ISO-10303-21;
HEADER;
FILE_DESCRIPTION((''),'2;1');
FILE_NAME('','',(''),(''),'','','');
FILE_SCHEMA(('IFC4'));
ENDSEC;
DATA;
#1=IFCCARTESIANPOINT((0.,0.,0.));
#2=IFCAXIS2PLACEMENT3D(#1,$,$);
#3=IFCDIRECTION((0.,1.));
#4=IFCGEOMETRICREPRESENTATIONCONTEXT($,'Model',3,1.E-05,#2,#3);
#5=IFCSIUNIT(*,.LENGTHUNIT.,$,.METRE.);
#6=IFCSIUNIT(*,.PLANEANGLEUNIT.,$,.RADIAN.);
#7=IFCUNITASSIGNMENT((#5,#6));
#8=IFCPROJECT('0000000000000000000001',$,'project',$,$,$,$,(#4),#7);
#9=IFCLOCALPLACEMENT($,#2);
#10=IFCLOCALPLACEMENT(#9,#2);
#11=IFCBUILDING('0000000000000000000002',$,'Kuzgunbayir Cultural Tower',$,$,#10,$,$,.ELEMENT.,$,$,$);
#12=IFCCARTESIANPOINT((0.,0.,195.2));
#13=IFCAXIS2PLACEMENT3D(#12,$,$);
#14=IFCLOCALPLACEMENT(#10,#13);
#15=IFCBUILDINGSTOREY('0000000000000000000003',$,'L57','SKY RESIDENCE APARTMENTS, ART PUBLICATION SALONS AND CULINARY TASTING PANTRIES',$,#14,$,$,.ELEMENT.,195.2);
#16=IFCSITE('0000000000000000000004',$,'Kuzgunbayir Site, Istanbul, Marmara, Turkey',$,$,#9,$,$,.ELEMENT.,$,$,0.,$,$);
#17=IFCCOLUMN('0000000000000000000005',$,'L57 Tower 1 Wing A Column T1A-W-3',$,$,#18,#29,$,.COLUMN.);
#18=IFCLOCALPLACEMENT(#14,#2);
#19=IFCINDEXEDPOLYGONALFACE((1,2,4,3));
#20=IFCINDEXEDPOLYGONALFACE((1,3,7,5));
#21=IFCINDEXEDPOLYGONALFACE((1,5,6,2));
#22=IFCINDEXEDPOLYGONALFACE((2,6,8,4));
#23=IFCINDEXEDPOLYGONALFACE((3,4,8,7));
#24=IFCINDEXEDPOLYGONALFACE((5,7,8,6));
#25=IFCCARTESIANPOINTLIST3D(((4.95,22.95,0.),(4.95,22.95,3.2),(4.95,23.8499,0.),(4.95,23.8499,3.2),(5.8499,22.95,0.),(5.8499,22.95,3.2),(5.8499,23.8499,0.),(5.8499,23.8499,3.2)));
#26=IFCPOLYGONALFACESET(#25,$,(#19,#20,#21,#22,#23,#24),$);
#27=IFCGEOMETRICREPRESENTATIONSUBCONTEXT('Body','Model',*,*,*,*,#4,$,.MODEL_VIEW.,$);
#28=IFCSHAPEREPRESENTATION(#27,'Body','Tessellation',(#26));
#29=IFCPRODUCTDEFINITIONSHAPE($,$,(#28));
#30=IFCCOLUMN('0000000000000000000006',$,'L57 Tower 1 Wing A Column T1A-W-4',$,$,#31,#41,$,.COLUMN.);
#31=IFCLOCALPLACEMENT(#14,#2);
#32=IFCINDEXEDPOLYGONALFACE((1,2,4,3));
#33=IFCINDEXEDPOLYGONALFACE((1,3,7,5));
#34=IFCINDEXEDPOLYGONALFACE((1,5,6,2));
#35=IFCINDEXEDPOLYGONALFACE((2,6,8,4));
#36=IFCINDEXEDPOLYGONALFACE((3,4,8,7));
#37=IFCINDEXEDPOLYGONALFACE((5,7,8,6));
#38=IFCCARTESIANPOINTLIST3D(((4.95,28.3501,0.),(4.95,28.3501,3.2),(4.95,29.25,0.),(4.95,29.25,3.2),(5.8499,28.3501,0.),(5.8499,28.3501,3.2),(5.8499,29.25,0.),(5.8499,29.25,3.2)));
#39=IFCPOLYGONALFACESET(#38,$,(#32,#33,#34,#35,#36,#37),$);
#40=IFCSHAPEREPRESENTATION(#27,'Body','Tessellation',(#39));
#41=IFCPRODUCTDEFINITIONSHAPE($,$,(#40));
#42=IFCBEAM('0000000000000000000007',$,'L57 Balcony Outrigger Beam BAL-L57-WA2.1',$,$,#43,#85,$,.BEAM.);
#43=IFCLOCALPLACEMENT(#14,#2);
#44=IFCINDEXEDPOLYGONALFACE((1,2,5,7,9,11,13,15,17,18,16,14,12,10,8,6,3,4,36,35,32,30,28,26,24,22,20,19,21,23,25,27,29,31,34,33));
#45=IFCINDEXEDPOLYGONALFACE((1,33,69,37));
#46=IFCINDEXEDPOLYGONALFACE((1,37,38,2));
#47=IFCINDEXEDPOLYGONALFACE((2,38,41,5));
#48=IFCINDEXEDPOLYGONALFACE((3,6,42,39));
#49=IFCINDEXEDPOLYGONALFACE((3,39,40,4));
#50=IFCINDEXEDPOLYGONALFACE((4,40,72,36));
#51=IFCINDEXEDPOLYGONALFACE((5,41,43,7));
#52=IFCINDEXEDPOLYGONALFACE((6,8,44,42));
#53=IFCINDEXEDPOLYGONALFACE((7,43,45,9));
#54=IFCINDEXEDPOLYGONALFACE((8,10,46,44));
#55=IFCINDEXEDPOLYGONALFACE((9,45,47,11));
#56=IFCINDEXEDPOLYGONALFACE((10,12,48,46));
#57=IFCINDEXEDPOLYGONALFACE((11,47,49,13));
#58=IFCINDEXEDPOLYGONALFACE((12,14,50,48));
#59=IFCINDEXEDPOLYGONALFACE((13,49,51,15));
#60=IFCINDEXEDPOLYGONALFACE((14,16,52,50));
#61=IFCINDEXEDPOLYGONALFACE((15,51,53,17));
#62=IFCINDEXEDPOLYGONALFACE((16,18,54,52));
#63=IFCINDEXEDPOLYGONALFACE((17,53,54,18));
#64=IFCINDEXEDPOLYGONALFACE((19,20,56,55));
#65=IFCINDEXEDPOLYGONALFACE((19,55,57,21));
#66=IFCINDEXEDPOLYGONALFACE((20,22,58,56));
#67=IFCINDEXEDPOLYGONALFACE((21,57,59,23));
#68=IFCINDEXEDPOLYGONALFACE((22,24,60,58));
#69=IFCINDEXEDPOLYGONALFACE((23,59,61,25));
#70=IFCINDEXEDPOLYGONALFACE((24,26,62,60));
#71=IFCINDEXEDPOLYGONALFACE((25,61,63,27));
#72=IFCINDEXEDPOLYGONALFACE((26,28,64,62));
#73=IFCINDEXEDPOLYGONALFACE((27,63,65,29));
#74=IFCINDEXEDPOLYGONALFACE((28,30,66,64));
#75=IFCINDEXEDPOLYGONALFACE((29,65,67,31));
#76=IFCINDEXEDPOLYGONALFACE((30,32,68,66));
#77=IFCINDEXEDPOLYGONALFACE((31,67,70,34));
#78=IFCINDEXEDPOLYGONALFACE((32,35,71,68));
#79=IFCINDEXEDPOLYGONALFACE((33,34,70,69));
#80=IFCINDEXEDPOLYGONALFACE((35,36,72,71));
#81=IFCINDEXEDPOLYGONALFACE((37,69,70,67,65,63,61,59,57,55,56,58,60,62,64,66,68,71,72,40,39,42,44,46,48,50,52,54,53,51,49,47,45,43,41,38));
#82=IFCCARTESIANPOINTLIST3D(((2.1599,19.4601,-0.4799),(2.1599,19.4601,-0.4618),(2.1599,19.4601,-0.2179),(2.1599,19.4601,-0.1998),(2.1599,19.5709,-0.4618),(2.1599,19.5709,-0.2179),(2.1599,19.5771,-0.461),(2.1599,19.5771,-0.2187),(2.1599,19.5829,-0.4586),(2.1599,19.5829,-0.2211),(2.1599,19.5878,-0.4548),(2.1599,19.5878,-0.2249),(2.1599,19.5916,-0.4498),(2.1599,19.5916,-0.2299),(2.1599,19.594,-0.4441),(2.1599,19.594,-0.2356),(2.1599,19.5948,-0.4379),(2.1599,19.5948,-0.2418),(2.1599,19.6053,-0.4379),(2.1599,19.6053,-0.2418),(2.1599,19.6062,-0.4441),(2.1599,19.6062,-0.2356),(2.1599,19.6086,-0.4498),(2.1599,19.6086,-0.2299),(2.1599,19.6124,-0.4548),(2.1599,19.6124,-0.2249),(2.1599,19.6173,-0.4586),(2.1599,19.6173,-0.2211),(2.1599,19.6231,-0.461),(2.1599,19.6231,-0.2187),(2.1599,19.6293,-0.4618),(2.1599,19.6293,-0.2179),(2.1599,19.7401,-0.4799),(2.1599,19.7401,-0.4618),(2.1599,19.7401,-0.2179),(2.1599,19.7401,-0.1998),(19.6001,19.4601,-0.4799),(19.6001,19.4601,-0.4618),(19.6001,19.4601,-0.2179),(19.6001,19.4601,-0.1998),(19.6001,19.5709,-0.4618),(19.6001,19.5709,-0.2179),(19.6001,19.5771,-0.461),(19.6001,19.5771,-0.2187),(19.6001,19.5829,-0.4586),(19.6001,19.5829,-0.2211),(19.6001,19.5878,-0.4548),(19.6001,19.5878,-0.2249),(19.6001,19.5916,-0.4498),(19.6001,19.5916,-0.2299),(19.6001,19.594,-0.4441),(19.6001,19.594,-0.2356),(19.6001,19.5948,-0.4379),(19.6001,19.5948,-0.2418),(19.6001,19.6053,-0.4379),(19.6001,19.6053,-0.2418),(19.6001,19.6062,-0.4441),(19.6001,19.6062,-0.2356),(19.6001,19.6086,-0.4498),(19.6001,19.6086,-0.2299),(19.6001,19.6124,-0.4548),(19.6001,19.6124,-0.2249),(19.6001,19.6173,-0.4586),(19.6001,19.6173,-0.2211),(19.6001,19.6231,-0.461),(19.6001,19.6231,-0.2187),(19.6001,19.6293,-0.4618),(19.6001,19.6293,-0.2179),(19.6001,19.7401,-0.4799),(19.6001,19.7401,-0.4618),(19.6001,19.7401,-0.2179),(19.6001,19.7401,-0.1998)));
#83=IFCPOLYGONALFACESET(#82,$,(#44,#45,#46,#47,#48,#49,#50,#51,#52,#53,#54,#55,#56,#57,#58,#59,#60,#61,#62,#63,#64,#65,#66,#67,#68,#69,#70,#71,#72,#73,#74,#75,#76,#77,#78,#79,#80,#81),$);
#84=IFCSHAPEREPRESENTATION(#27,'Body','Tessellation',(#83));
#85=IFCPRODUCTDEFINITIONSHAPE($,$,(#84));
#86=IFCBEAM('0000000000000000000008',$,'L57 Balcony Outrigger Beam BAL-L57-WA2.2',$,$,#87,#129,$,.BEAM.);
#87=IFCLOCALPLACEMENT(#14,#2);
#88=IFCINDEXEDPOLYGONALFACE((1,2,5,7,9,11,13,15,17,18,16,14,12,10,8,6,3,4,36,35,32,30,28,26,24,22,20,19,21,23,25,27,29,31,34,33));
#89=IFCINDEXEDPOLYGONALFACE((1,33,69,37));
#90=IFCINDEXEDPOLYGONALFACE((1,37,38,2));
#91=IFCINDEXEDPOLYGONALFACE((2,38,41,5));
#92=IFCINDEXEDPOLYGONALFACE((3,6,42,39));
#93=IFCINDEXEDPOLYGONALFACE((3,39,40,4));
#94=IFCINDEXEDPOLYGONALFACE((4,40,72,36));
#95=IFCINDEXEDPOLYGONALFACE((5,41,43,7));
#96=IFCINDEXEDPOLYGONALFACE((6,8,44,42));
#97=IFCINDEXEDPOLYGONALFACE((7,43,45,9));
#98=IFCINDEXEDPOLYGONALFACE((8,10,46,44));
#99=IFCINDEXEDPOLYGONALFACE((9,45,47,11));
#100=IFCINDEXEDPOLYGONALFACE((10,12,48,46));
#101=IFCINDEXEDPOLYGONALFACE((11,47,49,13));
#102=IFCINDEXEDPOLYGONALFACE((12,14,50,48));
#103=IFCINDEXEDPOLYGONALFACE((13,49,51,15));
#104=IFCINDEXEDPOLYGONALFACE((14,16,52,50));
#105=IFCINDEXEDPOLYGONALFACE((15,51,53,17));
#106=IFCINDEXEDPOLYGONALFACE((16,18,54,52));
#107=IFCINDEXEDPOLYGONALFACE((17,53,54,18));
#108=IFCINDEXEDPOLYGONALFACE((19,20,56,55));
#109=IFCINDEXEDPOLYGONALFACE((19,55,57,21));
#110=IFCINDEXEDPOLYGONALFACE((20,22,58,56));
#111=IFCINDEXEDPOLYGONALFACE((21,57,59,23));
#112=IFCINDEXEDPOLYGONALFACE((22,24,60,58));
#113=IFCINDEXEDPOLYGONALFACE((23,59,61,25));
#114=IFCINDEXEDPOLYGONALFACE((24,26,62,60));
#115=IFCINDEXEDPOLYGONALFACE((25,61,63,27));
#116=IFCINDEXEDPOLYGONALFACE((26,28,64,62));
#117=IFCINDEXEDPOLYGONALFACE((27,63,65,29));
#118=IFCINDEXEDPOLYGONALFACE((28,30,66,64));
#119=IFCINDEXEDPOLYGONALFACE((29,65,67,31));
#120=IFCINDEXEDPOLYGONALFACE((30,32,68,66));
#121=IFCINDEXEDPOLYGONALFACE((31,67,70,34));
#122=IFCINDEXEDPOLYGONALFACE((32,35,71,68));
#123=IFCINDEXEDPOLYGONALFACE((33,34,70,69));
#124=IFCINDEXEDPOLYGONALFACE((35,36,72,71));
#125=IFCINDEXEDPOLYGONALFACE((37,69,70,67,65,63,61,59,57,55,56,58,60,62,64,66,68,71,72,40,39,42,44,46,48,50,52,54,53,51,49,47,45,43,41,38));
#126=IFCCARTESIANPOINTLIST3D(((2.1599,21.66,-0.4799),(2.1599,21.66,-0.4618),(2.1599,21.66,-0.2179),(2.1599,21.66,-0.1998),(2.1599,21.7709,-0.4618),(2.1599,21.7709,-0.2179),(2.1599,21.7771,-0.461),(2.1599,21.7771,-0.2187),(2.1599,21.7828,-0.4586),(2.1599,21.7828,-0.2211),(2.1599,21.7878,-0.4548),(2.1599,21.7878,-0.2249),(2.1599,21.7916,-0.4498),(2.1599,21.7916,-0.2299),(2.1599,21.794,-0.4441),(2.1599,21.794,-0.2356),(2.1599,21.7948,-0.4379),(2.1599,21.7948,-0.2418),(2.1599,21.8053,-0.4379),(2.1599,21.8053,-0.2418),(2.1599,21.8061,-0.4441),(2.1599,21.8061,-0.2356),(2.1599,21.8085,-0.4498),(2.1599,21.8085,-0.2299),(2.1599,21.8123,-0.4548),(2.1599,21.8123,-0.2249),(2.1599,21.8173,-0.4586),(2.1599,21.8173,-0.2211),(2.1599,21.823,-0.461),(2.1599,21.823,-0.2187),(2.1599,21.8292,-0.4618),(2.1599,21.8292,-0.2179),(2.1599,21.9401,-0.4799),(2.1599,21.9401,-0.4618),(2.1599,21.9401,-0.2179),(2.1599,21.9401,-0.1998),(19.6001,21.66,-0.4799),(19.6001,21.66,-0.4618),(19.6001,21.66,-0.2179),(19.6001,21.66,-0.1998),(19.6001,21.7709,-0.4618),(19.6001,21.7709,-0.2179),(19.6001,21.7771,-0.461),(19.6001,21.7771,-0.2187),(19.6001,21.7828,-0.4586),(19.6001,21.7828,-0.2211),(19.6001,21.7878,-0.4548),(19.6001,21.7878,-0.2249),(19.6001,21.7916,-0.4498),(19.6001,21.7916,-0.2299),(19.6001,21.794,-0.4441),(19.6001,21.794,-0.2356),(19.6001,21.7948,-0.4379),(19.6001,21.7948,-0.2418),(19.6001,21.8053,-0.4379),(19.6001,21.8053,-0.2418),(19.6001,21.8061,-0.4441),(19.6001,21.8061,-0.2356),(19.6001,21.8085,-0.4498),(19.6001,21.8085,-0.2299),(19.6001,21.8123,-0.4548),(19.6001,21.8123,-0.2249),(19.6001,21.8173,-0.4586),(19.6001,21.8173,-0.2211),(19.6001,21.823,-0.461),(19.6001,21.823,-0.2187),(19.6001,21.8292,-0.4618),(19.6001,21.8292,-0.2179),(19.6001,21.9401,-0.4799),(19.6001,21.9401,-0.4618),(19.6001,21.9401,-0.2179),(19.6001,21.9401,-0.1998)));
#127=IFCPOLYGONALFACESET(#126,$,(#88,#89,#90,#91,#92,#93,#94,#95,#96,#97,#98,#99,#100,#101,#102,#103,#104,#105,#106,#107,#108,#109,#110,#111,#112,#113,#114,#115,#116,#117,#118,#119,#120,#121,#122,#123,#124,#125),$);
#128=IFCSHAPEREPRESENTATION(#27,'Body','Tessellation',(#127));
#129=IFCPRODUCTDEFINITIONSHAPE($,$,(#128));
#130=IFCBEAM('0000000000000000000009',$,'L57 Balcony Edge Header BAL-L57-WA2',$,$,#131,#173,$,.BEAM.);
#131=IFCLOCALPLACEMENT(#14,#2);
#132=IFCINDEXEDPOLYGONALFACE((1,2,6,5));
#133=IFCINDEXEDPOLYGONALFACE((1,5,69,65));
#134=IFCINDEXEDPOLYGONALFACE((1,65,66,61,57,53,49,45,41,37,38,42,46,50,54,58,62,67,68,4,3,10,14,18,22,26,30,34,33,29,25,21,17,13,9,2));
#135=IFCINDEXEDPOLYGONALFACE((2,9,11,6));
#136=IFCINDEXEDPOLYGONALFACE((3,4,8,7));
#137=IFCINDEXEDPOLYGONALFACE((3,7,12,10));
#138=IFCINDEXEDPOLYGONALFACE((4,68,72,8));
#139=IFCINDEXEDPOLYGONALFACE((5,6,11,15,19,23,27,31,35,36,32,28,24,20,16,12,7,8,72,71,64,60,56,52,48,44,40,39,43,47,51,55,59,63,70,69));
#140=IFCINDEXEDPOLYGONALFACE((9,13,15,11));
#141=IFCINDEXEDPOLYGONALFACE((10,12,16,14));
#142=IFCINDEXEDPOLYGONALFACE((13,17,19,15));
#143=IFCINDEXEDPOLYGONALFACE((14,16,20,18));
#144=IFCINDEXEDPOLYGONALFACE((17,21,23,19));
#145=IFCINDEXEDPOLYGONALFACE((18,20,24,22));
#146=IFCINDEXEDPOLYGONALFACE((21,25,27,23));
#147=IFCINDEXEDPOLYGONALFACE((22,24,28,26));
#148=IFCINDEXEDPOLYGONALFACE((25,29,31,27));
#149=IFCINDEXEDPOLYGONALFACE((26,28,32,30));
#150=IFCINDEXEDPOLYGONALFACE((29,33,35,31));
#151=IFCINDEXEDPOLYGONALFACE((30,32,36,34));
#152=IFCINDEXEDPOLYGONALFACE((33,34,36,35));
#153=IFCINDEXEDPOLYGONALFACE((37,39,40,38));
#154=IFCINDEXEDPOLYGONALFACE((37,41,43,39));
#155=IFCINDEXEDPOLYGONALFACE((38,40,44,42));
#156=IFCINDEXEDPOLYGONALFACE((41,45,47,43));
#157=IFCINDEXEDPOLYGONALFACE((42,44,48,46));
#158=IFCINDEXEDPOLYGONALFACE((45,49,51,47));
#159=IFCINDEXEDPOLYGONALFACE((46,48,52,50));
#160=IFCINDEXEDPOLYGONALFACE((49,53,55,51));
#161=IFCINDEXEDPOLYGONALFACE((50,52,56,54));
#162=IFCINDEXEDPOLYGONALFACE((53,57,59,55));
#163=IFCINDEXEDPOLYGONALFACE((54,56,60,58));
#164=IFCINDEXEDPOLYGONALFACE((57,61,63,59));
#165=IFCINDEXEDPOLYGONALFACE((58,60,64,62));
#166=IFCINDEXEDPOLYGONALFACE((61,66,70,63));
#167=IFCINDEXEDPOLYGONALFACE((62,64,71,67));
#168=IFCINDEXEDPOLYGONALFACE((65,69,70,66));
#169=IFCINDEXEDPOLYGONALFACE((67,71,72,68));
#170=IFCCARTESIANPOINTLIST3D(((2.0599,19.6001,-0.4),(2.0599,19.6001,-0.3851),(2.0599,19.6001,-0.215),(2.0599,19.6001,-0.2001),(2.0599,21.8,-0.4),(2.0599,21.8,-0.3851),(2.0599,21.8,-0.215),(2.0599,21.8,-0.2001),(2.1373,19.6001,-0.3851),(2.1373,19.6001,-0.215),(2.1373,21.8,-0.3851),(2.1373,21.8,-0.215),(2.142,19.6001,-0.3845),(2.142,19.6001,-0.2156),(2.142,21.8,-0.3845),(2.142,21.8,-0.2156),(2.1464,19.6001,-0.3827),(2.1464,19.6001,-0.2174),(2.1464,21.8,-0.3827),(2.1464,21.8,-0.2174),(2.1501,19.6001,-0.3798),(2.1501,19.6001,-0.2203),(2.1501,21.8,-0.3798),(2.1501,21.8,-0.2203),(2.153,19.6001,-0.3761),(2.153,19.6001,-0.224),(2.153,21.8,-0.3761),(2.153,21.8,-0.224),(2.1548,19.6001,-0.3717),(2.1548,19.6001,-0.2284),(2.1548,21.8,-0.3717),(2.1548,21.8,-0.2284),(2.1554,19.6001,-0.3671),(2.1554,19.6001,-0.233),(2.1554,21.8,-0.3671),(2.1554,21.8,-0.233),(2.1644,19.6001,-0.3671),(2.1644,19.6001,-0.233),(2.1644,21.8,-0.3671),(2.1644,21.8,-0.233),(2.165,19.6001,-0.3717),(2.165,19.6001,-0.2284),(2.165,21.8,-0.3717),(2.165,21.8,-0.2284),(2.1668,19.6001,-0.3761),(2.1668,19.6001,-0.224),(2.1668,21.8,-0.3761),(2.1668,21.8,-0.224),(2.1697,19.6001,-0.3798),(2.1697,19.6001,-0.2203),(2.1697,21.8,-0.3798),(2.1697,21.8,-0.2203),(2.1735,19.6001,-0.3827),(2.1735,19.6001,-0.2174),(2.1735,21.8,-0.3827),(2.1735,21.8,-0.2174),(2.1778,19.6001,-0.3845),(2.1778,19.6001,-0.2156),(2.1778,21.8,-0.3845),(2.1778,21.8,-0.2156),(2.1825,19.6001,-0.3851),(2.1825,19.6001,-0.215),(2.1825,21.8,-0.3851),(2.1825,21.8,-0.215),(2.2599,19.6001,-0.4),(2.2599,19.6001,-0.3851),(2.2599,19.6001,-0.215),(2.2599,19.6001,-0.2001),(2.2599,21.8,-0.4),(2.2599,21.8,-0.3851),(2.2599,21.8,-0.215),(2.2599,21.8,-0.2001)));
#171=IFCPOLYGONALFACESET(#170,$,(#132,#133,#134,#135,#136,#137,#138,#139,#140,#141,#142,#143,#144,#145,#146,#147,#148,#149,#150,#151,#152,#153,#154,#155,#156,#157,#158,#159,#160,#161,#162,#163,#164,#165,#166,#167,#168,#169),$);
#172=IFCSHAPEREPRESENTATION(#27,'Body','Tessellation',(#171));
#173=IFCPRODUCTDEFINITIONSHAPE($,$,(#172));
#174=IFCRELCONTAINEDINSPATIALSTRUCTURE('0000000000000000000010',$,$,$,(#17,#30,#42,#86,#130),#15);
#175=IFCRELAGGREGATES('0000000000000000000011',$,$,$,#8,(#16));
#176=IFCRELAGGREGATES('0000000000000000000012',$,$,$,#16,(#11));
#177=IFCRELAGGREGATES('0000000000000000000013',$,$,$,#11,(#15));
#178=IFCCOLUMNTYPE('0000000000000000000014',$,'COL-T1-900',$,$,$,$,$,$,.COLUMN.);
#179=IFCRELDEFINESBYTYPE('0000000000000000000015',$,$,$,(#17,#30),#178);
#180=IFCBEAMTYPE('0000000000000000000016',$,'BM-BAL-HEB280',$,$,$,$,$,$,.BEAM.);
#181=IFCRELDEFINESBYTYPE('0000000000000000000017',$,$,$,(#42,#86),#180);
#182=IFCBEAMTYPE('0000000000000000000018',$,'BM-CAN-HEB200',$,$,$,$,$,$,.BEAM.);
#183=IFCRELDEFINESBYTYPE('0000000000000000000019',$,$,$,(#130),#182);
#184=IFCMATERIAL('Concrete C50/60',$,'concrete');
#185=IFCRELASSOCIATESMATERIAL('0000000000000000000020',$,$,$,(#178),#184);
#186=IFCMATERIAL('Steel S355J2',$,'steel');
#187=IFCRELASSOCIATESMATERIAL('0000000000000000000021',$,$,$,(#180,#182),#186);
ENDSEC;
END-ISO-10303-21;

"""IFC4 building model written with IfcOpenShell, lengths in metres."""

from ifc_helpers import new_model, si_unit, direction, frame, origin, origin_2d, place, context, subcontext, project, spatial, rectangle, i_section, extrude, material, material_profile, profile_set, type_object, element, save


model = new_model("IFC4")

# Units and contexts
model_context = context("Model", 3, precision=1e-05, world=origin(), true_north=direction((0.0, 1.0)))
body_context = subcontext(model_context, "Body", "Model", "MODEL_VIEW")
ifc_project = project(units=[si_unit("LENGTHUNIT", "METRE"), si_unit("PLANEANGLEUNIT", "RADIAN")], contexts=[model_context])

# Site, building, storey
site_placement = place(None, origin())
site = spatial("IfcSite", under=ifc_project, at=site_placement, Name="Kuzgunbayir Site, Istanbul, Marmara, Turkey", CompositionType="ELEMENT", RefElevation=0.0)
building_placement = place(site_placement, origin())
building = spatial("IfcBuilding", under=site, at=building_placement, Name="Kuzgunbayir Cultural Tower", CompositionType="ELEMENT")
storey_placement = place(building_placement, frame((0.0, 0.0, 195.2)))
storey = spatial("IfcBuildingStorey", under=building, at=storey_placement, Name="L57", Description="SKY RESIDENCE APARTMENTS, ART PUBLICATION SALONS AND CULINARY TASTING PANTRIES", CompositionType="ELEMENT", Elevation=195.2)

# Columns
ifc_material_1 = material(Name="Concrete C50/60", Category="concrete")
ifc_material_profile_1 = material_profile(ifc_material_1, rectangle(XDim=0.8999, YDim=0.8999, at=origin_2d()), Name="RC 900x900")
ifc_profile_set_1 = profile_set([ifc_material_profile_1], Name="Concrete C50/60")
column_type = type_object("IfcColumnType", Name="COL-T1-900", PredefinedType="COLUMN", material=ifc_profile_set_1)
for number, where, z_axis, x_axis, name in (
    (1, (5.3999, 23.3999, 0.0), (0.0, 0.0, 1.0), (1.0, 0.0, 0.0), "L57 Tower 1 Wing A Column T1A-W-3"),
    (2, (5.3999, 28.8, 0.0), (0.0, 0.0, 1.0), (1.0, 0.0, 0.0), "L57 Tower 1 Wing A Column T1A-W-4"),
):
    element("IfcColumn", number, at=place(storey_placement, frame(where, z_axis=z_axis, x_axis=x_axis)), inside=storey, type_object=column_type, Name=name, PredefinedType="COLUMN", context=body_context, shape_type="SweptSolid", body=[
        extrude(rectangle(XDim=0.8999, YDim=0.8999, at=origin_2d()), origin(), (0.0, 0.0, 1.0), 3.2),
    ])

# Beams
ifc_material_2 = material(Name="Steel S355J2", Category="steel")
ifc_material_profile_2 = material_profile(ifc_material_2, i_section(OverallWidth=0.28, OverallDepth=0.28, WebThickness=0.0105, FlangeThickness=0.0181, FilletRadius=0.0239, at=origin_2d()), Name="HEB 280")
ifc_profile_set_2 = profile_set([ifc_material_profile_2], Name="Steel S355J2")
beam_type_1 = type_object("IfcBeamType", Name="BM-BAL-HEB280", PredefinedType="BEAM", material=ifc_profile_set_2)
for number, where, z_axis, x_axis, name in (
    (3, (2.1599, 19.6001, -0.3398), (1.0, 0.0, 0.0), (0.0, 1.0, 0.0), "L57 Balcony Outrigger Beam BAL-L57-WA2.1"),
    (4, (2.1599, 21.8, -0.3398), (1.0, 0.0, 0.0), (0.0, 1.0, 0.0), "L57 Balcony Outrigger Beam BAL-L57-WA2.2"),
):
    element("IfcBeam", number, at=place(storey_placement, frame(where, z_axis=z_axis, x_axis=x_axis)), inside=storey, type_object=beam_type_1, Name=name, PredefinedType="BEAM", context=body_context, shape_type="SweptSolid", body=[
        extrude(i_section(OverallWidth=0.28, OverallDepth=0.28, WebThickness=0.0105, FlangeThickness=0.0181, FilletRadius=0.0239, at=origin_2d()), origin(), (0.0, 0.0, 1.0), 17.4402),
    ])
ifc_material_profile_3 = material_profile(ifc_material_2, i_section(OverallWidth=0.2, OverallDepth=0.2, WebThickness=0.009, FlangeThickness=0.0149, FilletRadius=0.0181, at=origin_2d()), Name="HEB 200")
ifc_profile_set_3 = profile_set([ifc_material_profile_3], Name="Steel S355J2")
beam_type_2 = type_object("IfcBeamType", Name="BM-CAN-HEB200", PredefinedType="BEAM", material=ifc_profile_set_3)
beam_1_placement = place(storey_placement, frame((2.1599, 19.6001, -0.3), z_axis=(0.0, 1.0, 0.0), x_axis=(-1.0, 0.0, 0.0)))
element("IfcBeam", 5, at=beam_1_placement, inside=storey, type_object=beam_type_2, Name="L57 Balcony Edge Header BAL-L57-WA2", PredefinedType="BEAM", context=body_context, shape_type="SweptSolid", body=[
    extrude(i_section(OverallWidth=0.2, OverallDepth=0.2, WebThickness=0.009, FlangeThickness=0.0149, FilletRadius=0.0181, at=origin_2d()), origin(), (0.0, 0.0, 1.0), 2.2),
])

save(model, "model.ifc")
